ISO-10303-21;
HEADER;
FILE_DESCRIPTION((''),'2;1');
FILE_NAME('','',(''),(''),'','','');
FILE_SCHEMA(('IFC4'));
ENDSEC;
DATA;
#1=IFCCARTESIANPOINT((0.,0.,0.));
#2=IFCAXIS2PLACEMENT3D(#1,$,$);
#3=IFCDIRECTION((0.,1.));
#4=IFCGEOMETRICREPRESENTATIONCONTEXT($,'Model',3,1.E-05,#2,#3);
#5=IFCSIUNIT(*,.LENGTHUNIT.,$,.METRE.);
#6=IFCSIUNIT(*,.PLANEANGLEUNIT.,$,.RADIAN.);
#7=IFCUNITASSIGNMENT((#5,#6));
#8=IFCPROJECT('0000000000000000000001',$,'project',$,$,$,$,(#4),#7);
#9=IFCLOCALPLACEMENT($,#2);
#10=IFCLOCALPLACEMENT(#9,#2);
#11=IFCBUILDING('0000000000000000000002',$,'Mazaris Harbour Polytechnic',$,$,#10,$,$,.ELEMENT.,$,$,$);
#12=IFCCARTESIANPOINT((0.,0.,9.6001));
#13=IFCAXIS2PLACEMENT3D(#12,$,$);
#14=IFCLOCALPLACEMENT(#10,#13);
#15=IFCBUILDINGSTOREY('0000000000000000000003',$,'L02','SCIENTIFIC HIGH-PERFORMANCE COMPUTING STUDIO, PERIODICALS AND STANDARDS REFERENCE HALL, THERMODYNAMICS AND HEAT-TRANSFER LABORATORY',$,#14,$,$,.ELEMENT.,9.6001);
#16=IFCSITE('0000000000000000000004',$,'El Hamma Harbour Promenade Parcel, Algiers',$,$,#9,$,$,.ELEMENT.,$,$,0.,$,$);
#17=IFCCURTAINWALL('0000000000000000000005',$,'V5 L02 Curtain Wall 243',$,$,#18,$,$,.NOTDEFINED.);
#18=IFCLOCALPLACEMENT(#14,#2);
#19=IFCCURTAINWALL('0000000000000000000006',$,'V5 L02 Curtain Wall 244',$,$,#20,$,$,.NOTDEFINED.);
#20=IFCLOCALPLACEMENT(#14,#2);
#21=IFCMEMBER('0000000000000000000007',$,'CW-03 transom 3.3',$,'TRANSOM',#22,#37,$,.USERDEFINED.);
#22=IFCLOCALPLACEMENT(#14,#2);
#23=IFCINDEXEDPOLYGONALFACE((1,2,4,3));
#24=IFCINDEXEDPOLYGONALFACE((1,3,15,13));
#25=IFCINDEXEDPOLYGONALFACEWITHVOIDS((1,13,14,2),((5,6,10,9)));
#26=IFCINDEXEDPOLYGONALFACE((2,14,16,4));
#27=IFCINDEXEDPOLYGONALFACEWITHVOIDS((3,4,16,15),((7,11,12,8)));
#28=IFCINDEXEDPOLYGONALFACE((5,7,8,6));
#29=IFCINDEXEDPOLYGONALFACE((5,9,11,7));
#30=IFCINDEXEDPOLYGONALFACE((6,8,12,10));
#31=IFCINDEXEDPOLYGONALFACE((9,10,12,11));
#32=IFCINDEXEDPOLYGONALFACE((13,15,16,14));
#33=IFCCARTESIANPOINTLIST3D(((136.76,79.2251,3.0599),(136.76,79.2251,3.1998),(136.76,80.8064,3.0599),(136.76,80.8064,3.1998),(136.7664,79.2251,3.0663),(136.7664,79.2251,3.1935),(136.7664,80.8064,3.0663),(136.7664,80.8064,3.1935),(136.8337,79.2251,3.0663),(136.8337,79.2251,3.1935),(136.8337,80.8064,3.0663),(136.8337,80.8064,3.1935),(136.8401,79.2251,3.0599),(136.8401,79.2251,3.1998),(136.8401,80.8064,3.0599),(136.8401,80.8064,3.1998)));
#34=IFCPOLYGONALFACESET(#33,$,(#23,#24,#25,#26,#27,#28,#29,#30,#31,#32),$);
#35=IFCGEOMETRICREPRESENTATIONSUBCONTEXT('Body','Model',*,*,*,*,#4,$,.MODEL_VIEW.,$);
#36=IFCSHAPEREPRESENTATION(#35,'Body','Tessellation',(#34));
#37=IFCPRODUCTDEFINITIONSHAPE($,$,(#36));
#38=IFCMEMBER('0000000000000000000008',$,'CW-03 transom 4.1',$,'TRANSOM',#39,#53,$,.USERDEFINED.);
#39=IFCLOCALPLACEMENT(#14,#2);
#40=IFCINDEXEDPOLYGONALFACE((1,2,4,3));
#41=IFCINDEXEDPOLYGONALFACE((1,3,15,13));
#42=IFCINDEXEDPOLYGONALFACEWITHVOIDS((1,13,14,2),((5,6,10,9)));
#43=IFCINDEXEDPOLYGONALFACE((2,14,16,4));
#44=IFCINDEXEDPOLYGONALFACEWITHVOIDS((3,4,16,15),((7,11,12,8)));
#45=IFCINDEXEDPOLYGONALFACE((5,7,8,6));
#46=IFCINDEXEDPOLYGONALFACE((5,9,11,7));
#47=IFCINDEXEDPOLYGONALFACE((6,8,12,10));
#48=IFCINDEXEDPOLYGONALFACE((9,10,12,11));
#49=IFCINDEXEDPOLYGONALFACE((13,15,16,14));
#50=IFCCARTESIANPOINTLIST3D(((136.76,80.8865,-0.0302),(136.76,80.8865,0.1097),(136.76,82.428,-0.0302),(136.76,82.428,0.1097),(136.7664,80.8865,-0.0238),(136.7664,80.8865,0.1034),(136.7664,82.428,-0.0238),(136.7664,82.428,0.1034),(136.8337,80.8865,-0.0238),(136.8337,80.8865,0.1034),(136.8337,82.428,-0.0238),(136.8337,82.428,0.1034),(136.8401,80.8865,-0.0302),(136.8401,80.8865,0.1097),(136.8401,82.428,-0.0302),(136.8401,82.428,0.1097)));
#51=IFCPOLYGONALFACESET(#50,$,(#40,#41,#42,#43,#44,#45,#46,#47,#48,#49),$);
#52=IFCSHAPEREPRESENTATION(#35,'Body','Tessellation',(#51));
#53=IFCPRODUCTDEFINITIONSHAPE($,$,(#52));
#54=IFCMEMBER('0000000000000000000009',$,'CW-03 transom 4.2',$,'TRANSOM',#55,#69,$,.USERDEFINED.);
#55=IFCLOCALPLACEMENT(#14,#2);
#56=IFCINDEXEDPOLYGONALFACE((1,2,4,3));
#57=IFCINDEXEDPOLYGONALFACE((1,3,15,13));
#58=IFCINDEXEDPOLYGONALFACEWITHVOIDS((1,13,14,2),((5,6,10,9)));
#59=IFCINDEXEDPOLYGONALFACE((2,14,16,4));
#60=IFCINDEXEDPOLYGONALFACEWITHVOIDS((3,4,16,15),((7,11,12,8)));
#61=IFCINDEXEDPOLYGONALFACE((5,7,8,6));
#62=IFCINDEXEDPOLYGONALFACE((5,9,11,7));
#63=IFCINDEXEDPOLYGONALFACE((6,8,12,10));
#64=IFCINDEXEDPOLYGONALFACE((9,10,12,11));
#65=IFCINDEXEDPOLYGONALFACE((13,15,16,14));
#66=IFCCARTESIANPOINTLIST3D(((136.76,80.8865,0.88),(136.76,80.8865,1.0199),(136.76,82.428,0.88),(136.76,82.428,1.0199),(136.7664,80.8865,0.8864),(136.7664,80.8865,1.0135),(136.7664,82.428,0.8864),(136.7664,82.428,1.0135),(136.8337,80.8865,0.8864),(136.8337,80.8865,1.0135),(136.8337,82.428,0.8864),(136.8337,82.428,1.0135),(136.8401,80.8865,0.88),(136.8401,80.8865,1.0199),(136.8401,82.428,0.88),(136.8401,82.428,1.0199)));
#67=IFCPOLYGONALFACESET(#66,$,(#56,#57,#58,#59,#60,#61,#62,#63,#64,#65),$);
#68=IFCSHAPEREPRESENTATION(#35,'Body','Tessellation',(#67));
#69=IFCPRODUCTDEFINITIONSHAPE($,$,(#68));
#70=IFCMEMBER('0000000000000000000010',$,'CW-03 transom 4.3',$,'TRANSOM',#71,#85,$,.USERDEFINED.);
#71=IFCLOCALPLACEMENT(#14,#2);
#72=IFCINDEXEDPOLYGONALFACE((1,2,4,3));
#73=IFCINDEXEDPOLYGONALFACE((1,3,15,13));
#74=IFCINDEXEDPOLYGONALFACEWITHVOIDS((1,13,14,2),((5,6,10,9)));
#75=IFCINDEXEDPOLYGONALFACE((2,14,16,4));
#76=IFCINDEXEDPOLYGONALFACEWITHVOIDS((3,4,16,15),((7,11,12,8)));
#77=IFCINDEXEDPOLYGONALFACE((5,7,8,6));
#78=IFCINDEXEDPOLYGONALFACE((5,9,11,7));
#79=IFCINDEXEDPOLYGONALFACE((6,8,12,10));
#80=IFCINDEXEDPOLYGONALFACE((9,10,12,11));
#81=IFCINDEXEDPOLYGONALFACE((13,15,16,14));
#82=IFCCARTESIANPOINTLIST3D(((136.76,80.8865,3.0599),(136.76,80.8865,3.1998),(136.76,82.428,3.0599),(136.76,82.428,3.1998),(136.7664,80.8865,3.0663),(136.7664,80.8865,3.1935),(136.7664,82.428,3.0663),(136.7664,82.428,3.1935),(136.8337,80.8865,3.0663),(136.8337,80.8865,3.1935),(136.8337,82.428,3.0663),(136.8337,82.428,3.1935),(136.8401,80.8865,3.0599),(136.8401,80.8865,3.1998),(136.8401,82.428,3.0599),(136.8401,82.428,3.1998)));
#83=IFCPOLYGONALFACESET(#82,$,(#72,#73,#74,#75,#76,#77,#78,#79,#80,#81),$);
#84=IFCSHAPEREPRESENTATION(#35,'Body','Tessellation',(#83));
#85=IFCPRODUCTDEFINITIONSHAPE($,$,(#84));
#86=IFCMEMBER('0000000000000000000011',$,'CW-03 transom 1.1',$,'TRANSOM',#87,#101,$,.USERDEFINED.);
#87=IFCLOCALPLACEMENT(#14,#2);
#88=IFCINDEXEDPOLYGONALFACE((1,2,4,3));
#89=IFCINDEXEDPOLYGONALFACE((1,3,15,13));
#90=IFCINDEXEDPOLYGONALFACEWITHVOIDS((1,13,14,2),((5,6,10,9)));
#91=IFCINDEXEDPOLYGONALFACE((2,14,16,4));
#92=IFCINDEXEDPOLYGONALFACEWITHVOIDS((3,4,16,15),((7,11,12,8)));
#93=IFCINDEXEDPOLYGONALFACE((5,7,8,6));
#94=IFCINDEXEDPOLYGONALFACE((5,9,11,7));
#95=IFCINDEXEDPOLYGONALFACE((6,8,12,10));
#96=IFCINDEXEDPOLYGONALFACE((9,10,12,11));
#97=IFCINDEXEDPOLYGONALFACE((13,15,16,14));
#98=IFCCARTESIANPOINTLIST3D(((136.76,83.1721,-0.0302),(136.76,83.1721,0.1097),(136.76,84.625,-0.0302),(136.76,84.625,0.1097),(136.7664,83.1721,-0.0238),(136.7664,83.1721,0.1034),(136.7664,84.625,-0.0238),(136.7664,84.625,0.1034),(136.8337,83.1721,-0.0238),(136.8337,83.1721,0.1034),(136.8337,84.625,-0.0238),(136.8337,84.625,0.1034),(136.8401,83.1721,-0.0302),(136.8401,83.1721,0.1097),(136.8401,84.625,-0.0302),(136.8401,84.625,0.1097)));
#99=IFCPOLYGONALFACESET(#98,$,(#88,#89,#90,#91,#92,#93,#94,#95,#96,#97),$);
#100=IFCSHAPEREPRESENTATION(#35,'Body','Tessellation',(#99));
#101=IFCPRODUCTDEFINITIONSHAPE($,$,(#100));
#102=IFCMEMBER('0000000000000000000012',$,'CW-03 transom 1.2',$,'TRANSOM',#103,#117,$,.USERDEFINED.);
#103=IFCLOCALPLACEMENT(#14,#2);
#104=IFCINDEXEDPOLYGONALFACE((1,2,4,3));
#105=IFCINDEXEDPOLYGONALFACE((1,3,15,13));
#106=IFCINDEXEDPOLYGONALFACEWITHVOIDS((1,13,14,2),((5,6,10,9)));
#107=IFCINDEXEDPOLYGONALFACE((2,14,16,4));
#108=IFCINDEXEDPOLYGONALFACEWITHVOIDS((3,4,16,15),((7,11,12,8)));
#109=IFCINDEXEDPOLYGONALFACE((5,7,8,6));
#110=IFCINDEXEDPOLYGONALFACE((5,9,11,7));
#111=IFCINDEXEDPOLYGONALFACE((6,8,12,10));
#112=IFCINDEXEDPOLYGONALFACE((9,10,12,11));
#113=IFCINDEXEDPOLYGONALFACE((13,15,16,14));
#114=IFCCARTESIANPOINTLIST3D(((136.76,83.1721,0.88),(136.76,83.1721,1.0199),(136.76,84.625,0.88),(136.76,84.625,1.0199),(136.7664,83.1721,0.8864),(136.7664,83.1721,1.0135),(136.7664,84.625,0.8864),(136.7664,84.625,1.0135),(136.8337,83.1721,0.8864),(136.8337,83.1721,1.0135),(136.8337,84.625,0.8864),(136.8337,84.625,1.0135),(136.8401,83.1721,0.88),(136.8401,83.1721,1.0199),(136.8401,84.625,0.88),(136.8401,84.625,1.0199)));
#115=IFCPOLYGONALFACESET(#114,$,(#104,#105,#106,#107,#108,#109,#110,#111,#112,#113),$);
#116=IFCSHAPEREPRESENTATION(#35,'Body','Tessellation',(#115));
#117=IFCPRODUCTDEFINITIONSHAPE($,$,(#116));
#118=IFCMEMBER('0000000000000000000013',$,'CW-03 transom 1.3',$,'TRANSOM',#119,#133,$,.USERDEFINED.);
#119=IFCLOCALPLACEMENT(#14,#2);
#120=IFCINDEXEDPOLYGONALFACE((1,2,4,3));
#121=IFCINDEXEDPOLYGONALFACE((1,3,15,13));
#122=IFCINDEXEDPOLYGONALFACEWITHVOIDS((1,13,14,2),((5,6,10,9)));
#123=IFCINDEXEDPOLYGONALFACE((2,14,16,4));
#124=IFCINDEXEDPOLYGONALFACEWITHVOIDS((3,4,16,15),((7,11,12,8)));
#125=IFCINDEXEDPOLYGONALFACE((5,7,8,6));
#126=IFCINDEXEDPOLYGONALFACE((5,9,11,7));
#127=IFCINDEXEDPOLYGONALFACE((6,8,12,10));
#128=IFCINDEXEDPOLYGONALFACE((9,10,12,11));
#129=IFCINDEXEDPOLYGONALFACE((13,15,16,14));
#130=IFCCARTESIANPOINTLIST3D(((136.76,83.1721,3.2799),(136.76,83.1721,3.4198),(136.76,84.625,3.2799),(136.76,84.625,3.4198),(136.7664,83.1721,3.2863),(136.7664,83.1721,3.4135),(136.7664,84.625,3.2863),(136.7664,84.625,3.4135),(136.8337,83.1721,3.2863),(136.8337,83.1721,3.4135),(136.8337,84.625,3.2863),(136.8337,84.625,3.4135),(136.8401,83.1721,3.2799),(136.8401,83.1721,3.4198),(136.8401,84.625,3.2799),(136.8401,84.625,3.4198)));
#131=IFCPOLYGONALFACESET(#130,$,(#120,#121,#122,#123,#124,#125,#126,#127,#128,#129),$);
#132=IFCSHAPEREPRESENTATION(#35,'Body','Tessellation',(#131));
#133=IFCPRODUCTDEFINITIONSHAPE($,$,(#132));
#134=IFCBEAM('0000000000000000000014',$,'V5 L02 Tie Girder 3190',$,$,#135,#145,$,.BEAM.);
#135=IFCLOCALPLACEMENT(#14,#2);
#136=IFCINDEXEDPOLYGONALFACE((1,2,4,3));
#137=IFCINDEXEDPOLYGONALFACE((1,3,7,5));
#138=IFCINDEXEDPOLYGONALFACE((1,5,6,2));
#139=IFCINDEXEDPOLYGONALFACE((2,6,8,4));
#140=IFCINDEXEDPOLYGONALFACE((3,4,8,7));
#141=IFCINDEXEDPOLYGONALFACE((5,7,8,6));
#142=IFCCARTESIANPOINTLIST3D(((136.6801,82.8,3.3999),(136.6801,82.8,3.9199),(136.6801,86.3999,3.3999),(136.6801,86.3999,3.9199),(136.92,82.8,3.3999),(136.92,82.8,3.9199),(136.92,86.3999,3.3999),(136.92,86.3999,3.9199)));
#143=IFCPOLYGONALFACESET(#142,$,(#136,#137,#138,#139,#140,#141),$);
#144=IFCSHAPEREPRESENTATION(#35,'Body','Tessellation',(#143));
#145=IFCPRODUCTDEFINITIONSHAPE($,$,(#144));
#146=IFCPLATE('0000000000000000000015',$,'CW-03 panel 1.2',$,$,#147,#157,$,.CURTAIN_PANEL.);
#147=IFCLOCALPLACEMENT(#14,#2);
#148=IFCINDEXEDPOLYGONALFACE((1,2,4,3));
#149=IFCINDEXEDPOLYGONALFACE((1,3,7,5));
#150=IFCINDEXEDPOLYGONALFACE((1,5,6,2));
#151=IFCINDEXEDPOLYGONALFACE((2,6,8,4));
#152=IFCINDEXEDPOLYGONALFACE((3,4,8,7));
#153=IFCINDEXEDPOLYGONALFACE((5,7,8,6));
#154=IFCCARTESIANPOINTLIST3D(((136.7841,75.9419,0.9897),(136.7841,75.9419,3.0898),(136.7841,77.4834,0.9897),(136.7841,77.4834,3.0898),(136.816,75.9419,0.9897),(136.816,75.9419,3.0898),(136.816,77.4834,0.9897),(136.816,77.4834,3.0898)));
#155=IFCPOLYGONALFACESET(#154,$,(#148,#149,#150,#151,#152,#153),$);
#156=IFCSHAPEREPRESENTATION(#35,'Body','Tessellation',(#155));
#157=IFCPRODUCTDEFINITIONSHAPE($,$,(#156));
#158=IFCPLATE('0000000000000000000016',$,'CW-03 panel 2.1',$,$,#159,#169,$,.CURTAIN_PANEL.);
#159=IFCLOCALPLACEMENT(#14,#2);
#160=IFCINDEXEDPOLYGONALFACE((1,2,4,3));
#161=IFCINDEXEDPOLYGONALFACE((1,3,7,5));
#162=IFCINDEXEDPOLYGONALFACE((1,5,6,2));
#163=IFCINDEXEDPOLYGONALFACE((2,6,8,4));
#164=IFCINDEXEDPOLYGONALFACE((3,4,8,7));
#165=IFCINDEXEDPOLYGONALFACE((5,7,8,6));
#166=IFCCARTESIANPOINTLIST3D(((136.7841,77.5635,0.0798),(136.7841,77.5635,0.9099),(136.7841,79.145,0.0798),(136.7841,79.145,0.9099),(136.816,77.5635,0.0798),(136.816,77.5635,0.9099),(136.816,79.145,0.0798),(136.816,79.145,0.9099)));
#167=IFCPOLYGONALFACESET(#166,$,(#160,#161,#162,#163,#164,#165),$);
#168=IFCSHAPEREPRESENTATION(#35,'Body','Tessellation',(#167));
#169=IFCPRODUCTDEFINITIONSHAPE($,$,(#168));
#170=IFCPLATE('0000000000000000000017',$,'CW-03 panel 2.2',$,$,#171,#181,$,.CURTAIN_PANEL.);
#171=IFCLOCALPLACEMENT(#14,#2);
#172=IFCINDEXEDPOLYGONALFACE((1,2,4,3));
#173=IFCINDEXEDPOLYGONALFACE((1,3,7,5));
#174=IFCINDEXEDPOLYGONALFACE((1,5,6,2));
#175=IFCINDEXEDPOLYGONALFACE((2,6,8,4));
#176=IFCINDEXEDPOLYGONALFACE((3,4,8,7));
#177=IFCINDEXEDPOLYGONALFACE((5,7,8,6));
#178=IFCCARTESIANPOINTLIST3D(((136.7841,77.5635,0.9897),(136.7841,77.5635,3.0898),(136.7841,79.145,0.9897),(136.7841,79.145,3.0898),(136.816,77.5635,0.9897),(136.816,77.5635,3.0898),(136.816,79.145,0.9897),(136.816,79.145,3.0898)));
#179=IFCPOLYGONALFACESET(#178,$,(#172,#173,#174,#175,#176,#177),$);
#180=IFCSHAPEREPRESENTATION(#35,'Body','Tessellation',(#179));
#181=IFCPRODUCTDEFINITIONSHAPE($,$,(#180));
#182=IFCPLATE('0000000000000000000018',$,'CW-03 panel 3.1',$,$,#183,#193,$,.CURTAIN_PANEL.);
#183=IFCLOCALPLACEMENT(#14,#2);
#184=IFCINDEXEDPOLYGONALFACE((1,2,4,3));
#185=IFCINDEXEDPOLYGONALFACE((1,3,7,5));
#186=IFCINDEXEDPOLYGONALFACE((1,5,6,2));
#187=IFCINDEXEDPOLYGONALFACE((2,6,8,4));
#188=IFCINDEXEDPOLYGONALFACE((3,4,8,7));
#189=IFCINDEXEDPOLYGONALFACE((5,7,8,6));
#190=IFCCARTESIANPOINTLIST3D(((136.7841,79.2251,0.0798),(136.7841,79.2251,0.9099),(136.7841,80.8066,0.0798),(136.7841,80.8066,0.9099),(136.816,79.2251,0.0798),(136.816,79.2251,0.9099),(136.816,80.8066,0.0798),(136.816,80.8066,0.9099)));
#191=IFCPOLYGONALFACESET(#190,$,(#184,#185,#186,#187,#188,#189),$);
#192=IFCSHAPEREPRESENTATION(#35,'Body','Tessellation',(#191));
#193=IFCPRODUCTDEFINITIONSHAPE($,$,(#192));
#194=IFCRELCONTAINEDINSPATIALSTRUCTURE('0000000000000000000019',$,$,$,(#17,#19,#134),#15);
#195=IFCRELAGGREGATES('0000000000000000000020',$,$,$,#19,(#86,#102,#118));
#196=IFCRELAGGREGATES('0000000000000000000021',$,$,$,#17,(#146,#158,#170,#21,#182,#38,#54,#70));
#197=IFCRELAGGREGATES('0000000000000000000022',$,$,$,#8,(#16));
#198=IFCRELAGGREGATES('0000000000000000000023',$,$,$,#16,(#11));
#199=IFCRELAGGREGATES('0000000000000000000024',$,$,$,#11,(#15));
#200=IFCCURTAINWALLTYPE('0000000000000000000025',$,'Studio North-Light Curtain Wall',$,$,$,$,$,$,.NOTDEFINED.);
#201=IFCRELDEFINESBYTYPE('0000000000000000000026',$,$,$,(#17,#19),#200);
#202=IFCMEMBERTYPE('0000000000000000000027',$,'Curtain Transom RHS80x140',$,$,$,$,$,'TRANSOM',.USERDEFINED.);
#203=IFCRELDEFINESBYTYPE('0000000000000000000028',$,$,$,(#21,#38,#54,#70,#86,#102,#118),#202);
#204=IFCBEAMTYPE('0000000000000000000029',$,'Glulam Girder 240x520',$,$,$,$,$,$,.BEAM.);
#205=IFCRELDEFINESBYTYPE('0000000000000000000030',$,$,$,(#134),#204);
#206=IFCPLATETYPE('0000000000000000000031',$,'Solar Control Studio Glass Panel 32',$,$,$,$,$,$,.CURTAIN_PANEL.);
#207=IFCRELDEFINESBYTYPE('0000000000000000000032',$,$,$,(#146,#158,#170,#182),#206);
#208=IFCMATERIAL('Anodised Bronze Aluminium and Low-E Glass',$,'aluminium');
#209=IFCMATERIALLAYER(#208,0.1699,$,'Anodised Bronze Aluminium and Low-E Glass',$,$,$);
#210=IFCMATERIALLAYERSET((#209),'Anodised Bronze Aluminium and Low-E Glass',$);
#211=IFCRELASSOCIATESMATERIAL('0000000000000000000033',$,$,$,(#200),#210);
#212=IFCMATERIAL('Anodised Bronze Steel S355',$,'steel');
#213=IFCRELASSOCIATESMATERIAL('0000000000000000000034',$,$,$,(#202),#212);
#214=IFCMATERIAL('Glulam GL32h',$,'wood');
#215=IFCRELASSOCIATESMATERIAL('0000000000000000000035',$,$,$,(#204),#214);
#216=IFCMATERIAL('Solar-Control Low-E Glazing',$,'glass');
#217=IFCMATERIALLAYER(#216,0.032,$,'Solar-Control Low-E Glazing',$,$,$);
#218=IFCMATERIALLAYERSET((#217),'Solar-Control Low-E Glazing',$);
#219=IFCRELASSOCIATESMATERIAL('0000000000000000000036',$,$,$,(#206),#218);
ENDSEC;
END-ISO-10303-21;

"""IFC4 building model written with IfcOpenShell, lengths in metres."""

from ifc_helpers import new_model, si_unit, direction, frame, origin, origin_2d, place, context, subcontext, project, spatial, rectangle, hollow_rectangle, extrude, material, layer, layer_set, material_profile, profile_set, type_object, element, aggregate, save


model = new_model("IFC4")

# Units and contexts
model_context = context("Model", 3, precision=1e-05, world=origin(), true_north=direction((0.0, 1.0)))
body_context = subcontext(model_context, "Body", "Model", "MODEL_VIEW")
ifc_project = project(units=[si_unit("LENGTHUNIT", "METRE"), si_unit("PLANEANGLEUNIT", "RADIAN")], contexts=[model_context])

# Site, building, storey
site_placement = place(None, origin())
site = spatial("IfcSite", under=ifc_project, at=site_placement, Name="El Hamma Harbour Promenade Parcel, Algiers", CompositionType="ELEMENT", RefElevation=0.0)
building_placement = place(site_placement, origin())
building = spatial("IfcBuilding", under=site, at=building_placement, Name="Mazaris Harbour Polytechnic", CompositionType="ELEMENT")
storey_placement = place(building_placement, frame((0.0, 0.0, 9.6001)))
storey = spatial("IfcBuildingStorey", under=building, at=storey_placement, Name="L02", Description="SCIENTIFIC HIGH-PERFORMANCE COMPUTING STUDIO, PERIODICALS AND STANDARDS REFERENCE HALL, THERMODYNAMICS AND HEAT-TRANSFER LABORATORY", CompositionType="ELEMENT", Elevation=9.6001)

# Curtain wall
ifc_material_1 = material(Name="Anodised Bronze Aluminium and Low-E Glass", Category="aluminium")
ifc_layer_1 = layer(ifc_material_1, 0.1699, Name="Anodised Bronze Aluminium and Low-E Glass")
ifc_layer_set_1 = layer_set([ifc_layer_1], Name="Anodised Bronze Aluminium and Low-E Glass")
curtain_wall_type = type_object("IfcCurtainWallType", Name="Studio North-Light Curtain Wall", PredefinedType="NOTDEFINED", material=ifc_layer_set_1)
curtain_wall_1_placement = place(storey_placement, origin())
curtain_wall_1 = element("IfcCurtainWall", 1, at=curtain_wall_1_placement, inside=storey, type_object=curtain_wall_type, Name="V5 L02 Curtain Wall 243", PredefinedType="NOTDEFINED")

# Curtain wall
curtain_wall_2_placement = place(storey_placement, origin())
curtain_wall_2 = element("IfcCurtainWall", 2, at=curtain_wall_2_placement, inside=storey, type_object=curtain_wall_type, Name="V5 L02 Curtain Wall 244", PredefinedType="NOTDEFINED")

# Members
ifc_material_2 = material(Name="Anodised Bronze Steel S355", Category="steel")
ifc_material_profile_1 = material_profile(ifc_material_2, hollow_rectangle(XDim=0.0801, YDim=0.1399, WallThickness=0.0063, at=origin_2d()), Name="RHS 80x140x6.3")
ifc_profile_set_1 = profile_set([ifc_material_profile_1], Name="Anodised Bronze Steel S355")
member_type_1 = type_object("IfcMemberType", Name="Curtain Transom RHS80x140", ElementType="TRANSOM", PredefinedType="USERDEFINED", material=ifc_profile_set_1)
member_1_placement = place(storey_placement, frame((136.8, 79.2251, 3.1299), z_axis=(0.0, 1.0, 0.0), x_axis=(-1.0, 0.0, 0.0)))
member_1 = element("IfcMember", 3, at=member_1_placement, type_object=member_type_1, Name="CW-03 transom 3.3", ObjectType="TRANSOM", PredefinedType="USERDEFINED", context=body_context, shape_type="SweptSolid", body=[
    extrude(hollow_rectangle(XDim=0.0801, YDim=0.1399, WallThickness=0.0063, at=origin_2d()), origin(), (0.0, 0.0, 1.0), 1.5813),
])
member_2_placement = place(storey_placement, frame((136.8, 80.8865, 0.0398), z_axis=(0.0, 1.0, 0.0), x_axis=(-1.0, 0.0, 0.0)))
member_2 = element("IfcMember", 4, at=member_2_placement, type_object=member_type_1, Name="CW-03 transom 4.1", ObjectType="TRANSOM", PredefinedType="USERDEFINED", context=body_context, shape_type="SweptSolid", body=[
    extrude(hollow_rectangle(XDim=0.0801, YDim=0.1399, WallThickness=0.0063, at=origin_2d()), origin(), (0.0, 0.0, 1.0), 1.5415),
])
member_3_placement = place(storey_placement, frame((136.8, 80.8865, 0.95), z_axis=(0.0, 1.0, 0.0), x_axis=(-1.0, 0.0, 0.0)))
member_3 = element("IfcMember", 5, at=member_3_placement, type_object=member_type_1, Name="CW-03 transom 4.2", ObjectType="TRANSOM", PredefinedType="USERDEFINED", context=body_context, shape_type="SweptSolid", body=[
    extrude(hollow_rectangle(XDim=0.0801, YDim=0.1399, WallThickness=0.0063, at=origin_2d()), origin(), (0.0, 0.0, 1.0), 1.5415),
])
member_4_placement = place(storey_placement, frame((136.8, 80.8865, 3.1299), z_axis=(0.0, 1.0, 0.0), x_axis=(-1.0, 0.0, 0.0)))
member_4 = element("IfcMember", 6, at=member_4_placement, type_object=member_type_1, Name="CW-03 transom 4.3", ObjectType="TRANSOM", PredefinedType="USERDEFINED", context=body_context, shape_type="SweptSolid", body=[
    extrude(hollow_rectangle(XDim=0.0801, YDim=0.1399, WallThickness=0.0063, at=origin_2d()), origin(), (0.0, 0.0, 1.0), 1.5415),
])
member_5_placement = place(storey_placement, frame((136.8, 83.1721, 0.0398), z_axis=(0.0, 1.0, 0.0), x_axis=(-1.0, 0.0, 0.0)))
member_5 = element("IfcMember", 7, at=member_5_placement, type_object=member_type_1, Name="CW-03 transom 1.1", ObjectType="TRANSOM", PredefinedType="USERDEFINED", context=body_context, shape_type="SweptSolid", body=[
    extrude(hollow_rectangle(XDim=0.0801, YDim=0.1399, WallThickness=0.0063, at=origin_2d()), origin(), (0.0, 0.0, 1.0), 1.4529),
])
member_6_placement = place(storey_placement, frame((136.8, 83.1721, 0.95), z_axis=(0.0, 1.0, 0.0), x_axis=(-1.0, 0.0, 0.0)))
member_6 = element("IfcMember", 8, at=member_6_placement, type_object=member_type_1, Name="CW-03 transom 1.2", ObjectType="TRANSOM", PredefinedType="USERDEFINED", context=body_context, shape_type="SweptSolid", body=[
    extrude(hollow_rectangle(XDim=0.0801, YDim=0.1399, WallThickness=0.0063, at=origin_2d()), origin(), (0.0, 0.0, 1.0), 1.4529),
])
member_7_placement = place(storey_placement, frame((136.8, 83.1721, 3.3499), z_axis=(0.0, 1.0, 0.0), x_axis=(-1.0, 0.0, 0.0)))
member_7 = element("IfcMember", 9, at=member_7_placement, type_object=member_type_1, Name="CW-03 transom 1.3", ObjectType="TRANSOM", PredefinedType="USERDEFINED", context=body_context, shape_type="SweptSolid", body=[
    extrude(hollow_rectangle(XDim=0.0801, YDim=0.1399, WallThickness=0.0063, at=origin_2d()), origin(), (0.0, 0.0, 1.0), 1.4529),
])
aggregate(curtain_wall_2, [member_5, member_6, member_7])

# Beam
ifc_material_3 = material(Name="Glulam GL32h", Category="wood")
ifc_material_profile_2 = material_profile(ifc_material_3, rectangle(XDim=0.24, YDim=0.52, at=origin_2d()), Name="RECT240x520")
ifc_profile_set_2 = profile_set([ifc_material_profile_2], Name="Glulam GL32h")
beam_type = type_object("IfcBeamType", Name="Glulam Girder 240x520", PredefinedType="BEAM", material=ifc_profile_set_2)
beam_placement = place(storey_placement, frame((136.8, 82.8, 3.6599), z_axis=(0.0, 1.0, 0.0), x_axis=(-1.0, 0.0, 0.0)))
element("IfcBeam", 10, at=beam_placement, inside=storey, type_object=beam_type, Name="V5 L02 Tie Girder 3190", PredefinedType="BEAM", context=body_context, shape_type="SweptSolid", body=[
    extrude(rectangle(XDim=0.24, YDim=0.52, at=origin_2d()), origin(), (0.0, 0.0, 1.0), 3.5999),
])

# Plates
ifc_material_4 = material(Name="Solar-Control Low-E Glazing", Category="glass")
ifc_layer_2 = layer(ifc_material_4, 0.032, Name="Solar-Control Low-E Glazing")
ifc_layer_set_2 = layer_set([ifc_layer_2], Name="Solar-Control Low-E Glazing")
plate_type = type_object("IfcPlateType", Name="Solar Control Studio Glass Panel 32", PredefinedType="CURTAIN_PANEL", material=ifc_layer_set_2)
plate_1_placement = place(storey_placement, frame((136.8, 76.7126, 0.9897), z_axis=(0.0, 0.0, 1.0), x_axis=(0.0, 1.0, 0.0)))
plate_1 = element("IfcPlate", 11, at=plate_1_placement, type_object=plate_type, Name="CW-03 panel 1.2", PredefinedType="CURTAIN_PANEL", context=body_context, shape_type="SweptSolid", body=[
    extrude(rectangle(XDim=1.5415, YDim=0.032, at=origin_2d()), origin(), (0.0, 0.0, 1.0), 2.1001),
])
plate_2_placement = place(storey_placement, frame((136.8, 78.3542, 0.0798), z_axis=(0.0, 0.0, 1.0), x_axis=(0.0, 1.0, 0.0)))
plate_2 = element("IfcPlate", 12, at=plate_2_placement, type_object=plate_type, Name="CW-03 panel 2.1", PredefinedType="CURTAIN_PANEL", context=body_context, shape_type="SweptSolid", body=[
    extrude(rectangle(XDim=1.5815, YDim=0.032, at=origin_2d()), origin(), (0.0, 0.0, 1.0), 0.8301),
])
plate_3_placement = place(storey_placement, frame((136.8, 78.3542, 0.9897), z_axis=(0.0, 0.0, 1.0), x_axis=(0.0, 1.0, 0.0)))
plate_3 = element("IfcPlate", 13, at=plate_3_placement, type_object=plate_type, Name="CW-03 panel 2.2", PredefinedType="CURTAIN_PANEL", context=body_context, shape_type="SweptSolid", body=[
    extrude(rectangle(XDim=1.5815, YDim=0.032, at=origin_2d()), origin(), (0.0, 0.0, 1.0), 2.1001),
])
plate_4_placement = place(storey_placement, frame((136.8, 80.0159, 0.0798), z_axis=(0.0, 0.0, 1.0), x_axis=(0.0, 1.0, 0.0)))
plate_4 = element("IfcPlate", 14, at=plate_4_placement, type_object=plate_type, Name="CW-03 panel 3.1", PredefinedType="CURTAIN_PANEL", context=body_context, shape_type="SweptSolid", body=[
    extrude(rectangle(XDim=1.5815, YDim=0.032, at=origin_2d()), origin(), (0.0, 0.0, 1.0), 0.8301),
])
aggregate(curtain_wall_1, [plate_1, plate_2, plate_3, member_1, plate_4, member_2, member_3, member_4])

save(model, "model.ifc")
